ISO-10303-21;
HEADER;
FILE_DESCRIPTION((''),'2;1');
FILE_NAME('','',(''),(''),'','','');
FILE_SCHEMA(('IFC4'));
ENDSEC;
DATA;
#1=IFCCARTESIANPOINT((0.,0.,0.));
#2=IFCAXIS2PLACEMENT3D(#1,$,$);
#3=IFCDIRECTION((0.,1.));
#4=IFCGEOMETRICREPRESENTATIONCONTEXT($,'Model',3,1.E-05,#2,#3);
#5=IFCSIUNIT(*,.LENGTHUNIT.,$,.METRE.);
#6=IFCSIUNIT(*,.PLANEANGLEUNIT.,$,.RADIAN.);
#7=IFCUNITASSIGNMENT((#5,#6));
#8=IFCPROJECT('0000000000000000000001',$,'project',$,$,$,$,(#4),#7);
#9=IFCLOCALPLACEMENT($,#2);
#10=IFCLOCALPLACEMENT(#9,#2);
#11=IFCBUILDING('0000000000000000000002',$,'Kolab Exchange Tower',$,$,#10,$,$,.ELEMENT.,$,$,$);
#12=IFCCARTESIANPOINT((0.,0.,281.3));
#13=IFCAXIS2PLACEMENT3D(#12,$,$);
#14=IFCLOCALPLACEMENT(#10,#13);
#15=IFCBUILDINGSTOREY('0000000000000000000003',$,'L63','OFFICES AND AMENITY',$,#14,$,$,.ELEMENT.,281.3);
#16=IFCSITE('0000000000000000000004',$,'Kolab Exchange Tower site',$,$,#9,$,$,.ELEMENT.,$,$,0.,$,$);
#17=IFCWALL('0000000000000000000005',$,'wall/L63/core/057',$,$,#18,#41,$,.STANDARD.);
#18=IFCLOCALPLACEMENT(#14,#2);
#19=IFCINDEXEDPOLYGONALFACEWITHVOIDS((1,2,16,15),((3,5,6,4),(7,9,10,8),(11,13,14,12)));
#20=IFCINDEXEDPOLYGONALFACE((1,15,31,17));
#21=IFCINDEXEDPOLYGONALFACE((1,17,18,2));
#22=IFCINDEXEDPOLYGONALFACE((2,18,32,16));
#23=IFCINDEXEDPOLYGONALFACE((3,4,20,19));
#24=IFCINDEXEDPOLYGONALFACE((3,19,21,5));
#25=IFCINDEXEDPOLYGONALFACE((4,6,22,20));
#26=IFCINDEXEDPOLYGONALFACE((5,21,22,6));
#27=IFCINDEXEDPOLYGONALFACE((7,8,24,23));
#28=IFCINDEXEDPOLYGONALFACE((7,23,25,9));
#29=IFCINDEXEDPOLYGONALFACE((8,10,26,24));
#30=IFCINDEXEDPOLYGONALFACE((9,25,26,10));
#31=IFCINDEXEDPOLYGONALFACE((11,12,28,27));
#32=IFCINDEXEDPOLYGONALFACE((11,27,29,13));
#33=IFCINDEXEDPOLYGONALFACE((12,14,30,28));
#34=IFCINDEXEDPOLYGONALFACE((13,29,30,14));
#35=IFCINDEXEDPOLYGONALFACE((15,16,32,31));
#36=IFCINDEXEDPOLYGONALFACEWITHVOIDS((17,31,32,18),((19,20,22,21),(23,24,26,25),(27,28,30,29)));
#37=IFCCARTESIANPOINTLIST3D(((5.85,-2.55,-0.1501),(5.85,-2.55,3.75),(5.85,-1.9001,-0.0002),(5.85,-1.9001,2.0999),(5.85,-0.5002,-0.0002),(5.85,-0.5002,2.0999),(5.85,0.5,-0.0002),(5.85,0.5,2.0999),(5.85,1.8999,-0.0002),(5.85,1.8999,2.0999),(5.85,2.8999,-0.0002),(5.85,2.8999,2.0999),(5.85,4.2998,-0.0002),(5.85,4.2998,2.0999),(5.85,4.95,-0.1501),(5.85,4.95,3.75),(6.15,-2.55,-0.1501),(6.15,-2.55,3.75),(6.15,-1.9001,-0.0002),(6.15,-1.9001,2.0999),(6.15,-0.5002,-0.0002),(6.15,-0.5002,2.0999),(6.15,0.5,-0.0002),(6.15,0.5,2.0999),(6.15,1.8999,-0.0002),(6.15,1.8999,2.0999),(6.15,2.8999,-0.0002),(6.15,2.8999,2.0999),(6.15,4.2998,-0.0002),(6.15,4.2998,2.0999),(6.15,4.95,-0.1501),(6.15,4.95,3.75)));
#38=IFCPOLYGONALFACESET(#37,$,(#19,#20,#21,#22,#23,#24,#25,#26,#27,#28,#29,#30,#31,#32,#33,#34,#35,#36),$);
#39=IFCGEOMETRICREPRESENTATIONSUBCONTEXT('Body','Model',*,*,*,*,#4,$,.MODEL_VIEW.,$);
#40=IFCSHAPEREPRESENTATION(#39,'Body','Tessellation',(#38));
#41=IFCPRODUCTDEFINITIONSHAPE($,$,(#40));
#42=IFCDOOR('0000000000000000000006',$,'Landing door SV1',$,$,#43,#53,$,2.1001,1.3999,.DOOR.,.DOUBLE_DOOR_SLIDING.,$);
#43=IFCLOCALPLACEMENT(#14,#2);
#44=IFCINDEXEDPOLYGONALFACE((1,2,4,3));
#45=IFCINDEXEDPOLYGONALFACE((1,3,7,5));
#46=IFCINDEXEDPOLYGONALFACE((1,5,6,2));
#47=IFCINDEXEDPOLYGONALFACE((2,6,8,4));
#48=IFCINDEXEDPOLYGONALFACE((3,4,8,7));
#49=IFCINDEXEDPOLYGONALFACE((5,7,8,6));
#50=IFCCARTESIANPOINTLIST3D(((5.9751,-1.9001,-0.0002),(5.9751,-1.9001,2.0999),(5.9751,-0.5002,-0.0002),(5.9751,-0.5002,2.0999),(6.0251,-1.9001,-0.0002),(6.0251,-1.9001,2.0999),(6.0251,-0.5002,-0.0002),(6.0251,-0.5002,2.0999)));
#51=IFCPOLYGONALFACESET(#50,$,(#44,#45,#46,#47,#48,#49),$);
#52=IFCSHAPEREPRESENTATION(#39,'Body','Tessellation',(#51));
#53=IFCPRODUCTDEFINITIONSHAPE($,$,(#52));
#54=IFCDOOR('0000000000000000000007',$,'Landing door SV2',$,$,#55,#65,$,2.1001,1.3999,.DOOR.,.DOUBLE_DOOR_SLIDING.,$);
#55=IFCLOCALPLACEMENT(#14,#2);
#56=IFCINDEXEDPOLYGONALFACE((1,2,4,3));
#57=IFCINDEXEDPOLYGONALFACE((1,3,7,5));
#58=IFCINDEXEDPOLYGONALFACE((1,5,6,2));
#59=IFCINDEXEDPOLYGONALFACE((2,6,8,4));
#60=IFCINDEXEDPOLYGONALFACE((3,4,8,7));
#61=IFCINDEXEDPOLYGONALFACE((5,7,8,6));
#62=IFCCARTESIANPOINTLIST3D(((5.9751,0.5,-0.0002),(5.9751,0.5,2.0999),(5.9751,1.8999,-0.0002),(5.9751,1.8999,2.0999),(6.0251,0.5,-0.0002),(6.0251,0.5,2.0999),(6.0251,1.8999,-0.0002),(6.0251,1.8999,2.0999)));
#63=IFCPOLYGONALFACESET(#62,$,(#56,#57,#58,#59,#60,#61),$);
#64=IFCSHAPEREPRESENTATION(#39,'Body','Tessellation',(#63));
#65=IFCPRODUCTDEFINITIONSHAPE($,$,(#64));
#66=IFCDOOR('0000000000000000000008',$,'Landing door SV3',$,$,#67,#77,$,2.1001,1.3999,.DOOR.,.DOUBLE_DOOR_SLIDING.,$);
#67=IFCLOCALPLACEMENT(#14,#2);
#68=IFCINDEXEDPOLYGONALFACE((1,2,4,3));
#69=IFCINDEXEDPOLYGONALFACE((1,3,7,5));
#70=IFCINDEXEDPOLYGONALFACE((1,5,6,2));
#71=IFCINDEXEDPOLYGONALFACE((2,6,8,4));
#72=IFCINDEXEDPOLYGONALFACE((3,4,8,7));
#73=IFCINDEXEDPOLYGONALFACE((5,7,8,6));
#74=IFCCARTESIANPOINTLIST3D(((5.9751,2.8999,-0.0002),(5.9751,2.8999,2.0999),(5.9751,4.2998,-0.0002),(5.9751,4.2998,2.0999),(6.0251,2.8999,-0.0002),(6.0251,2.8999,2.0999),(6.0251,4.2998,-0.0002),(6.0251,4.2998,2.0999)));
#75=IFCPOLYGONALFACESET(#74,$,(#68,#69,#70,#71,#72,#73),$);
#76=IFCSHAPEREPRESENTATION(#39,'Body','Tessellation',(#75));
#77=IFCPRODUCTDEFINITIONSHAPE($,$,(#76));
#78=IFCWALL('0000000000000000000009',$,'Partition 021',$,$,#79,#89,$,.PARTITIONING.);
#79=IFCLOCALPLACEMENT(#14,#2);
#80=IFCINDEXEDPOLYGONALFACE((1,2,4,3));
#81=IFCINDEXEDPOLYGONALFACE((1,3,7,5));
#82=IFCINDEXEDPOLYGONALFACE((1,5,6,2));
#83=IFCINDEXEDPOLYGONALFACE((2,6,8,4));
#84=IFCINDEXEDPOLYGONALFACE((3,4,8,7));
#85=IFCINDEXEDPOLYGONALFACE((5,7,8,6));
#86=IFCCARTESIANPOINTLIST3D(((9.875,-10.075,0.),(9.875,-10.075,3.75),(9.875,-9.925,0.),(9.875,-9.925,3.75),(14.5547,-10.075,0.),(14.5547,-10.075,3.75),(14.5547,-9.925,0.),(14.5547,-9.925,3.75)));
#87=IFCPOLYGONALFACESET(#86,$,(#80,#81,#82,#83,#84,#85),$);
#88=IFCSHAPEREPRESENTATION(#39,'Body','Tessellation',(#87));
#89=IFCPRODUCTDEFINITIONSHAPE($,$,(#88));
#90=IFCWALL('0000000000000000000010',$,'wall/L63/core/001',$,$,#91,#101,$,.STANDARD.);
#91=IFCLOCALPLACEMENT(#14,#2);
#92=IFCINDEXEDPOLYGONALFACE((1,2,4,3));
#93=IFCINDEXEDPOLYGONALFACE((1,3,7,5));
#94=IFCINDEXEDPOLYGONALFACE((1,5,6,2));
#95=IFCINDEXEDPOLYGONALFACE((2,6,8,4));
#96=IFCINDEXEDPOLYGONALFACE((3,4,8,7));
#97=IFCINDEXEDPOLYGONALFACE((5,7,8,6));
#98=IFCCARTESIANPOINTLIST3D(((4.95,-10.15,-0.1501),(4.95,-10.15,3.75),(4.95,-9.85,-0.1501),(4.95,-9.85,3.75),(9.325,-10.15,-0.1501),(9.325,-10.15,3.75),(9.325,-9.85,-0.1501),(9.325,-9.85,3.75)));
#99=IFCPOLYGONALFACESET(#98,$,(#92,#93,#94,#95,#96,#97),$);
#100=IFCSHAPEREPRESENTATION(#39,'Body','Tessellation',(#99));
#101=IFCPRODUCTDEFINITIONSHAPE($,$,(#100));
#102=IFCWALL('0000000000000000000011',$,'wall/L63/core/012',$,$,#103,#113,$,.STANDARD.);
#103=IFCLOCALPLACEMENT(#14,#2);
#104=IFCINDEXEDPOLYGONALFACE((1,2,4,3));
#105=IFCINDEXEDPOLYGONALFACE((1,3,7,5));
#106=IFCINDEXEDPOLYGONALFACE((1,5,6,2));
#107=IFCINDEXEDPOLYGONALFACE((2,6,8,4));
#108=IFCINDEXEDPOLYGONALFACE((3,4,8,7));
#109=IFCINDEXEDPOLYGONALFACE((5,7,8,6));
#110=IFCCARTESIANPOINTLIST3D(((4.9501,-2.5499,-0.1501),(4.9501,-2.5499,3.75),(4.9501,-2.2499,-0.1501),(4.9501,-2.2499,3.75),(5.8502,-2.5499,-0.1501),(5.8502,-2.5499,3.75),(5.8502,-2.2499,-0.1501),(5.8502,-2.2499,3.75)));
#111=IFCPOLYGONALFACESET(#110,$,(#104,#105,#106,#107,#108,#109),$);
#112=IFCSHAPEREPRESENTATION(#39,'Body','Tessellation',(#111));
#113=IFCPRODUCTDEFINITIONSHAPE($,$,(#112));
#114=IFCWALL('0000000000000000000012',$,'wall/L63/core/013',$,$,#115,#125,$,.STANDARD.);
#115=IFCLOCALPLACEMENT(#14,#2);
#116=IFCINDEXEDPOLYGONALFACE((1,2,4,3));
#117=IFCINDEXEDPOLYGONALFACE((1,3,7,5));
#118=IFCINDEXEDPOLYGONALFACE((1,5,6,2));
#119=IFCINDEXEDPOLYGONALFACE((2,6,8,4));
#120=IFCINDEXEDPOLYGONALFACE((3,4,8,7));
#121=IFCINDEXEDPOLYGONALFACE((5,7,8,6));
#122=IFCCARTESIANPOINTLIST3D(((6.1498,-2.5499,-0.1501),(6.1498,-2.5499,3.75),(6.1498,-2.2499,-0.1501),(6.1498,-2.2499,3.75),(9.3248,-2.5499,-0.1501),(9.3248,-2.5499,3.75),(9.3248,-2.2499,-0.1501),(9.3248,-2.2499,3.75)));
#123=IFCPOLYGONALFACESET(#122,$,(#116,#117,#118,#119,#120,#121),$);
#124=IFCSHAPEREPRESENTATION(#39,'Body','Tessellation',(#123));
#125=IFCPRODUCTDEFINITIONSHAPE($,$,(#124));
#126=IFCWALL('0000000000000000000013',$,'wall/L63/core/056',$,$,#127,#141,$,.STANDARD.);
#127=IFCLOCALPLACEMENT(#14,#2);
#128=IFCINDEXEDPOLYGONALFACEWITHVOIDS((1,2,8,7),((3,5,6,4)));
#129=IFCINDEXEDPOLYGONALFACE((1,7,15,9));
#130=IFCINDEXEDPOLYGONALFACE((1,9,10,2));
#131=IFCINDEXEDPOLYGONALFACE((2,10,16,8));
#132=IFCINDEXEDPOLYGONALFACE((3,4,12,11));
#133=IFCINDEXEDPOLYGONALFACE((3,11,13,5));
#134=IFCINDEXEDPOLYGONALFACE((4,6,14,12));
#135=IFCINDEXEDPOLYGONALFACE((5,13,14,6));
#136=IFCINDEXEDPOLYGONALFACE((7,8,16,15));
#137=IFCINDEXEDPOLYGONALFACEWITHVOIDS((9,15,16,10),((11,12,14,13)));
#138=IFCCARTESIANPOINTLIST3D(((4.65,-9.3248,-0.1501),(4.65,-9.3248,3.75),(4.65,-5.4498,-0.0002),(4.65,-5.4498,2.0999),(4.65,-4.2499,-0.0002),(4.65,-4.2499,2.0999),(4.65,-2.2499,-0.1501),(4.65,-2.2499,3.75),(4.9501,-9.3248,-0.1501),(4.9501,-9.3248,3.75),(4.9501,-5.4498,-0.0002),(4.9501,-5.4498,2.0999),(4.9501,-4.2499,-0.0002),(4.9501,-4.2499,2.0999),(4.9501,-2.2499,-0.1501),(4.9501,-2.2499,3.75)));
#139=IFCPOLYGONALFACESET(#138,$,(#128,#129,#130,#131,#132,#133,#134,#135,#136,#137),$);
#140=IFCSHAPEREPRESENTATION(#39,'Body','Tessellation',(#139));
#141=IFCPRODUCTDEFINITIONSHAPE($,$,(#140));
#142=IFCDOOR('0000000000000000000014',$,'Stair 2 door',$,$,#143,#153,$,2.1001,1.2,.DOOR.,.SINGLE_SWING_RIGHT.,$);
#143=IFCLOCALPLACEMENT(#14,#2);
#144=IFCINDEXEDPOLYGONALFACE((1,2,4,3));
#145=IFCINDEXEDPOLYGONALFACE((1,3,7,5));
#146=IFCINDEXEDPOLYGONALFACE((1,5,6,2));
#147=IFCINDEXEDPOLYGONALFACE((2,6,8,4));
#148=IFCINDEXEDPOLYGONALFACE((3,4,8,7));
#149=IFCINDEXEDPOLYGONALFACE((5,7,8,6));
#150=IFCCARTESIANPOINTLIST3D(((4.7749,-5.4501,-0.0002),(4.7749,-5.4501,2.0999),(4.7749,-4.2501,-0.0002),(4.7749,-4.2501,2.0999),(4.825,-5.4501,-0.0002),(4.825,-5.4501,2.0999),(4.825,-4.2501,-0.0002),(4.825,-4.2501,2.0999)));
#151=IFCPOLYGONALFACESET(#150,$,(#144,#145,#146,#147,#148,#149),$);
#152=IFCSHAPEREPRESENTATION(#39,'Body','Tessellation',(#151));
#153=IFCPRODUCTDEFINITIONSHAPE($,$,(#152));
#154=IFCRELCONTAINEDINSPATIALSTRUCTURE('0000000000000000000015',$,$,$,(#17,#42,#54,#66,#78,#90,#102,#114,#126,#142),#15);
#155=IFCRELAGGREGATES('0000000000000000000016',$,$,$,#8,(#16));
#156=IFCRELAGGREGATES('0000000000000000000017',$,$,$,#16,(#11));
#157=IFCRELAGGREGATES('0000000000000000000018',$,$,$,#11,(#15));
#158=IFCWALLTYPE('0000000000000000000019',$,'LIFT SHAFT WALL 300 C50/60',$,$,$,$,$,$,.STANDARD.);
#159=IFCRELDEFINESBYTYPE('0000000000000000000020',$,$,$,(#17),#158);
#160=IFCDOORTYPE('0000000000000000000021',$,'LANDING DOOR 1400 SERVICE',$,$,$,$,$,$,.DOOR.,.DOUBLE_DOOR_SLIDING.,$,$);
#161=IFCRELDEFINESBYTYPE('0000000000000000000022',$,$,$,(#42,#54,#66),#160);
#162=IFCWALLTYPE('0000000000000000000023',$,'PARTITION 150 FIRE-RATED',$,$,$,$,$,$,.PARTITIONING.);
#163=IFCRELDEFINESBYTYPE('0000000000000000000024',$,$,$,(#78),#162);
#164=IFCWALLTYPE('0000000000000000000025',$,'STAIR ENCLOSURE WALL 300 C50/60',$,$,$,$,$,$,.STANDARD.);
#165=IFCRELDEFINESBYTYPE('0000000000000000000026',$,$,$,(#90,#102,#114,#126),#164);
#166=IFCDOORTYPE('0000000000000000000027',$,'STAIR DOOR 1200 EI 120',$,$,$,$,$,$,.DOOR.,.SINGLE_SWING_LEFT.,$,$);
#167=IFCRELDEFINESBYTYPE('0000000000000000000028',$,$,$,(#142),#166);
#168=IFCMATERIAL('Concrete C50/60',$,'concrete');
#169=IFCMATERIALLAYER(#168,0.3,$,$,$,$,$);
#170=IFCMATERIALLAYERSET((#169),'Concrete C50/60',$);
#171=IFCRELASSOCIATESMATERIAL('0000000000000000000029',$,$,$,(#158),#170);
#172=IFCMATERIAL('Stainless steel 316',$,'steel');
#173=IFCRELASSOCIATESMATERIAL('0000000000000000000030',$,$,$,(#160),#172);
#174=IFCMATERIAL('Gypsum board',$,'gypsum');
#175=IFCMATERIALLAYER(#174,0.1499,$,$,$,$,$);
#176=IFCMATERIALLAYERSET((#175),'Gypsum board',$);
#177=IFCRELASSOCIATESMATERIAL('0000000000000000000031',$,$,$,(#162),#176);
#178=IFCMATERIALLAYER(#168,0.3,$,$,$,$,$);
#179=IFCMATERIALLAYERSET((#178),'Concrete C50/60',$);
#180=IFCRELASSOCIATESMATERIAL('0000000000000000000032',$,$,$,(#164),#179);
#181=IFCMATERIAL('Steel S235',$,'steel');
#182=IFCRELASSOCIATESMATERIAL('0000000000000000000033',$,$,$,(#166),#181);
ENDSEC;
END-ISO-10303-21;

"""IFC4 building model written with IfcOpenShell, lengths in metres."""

from ifc_helpers import new_model, si_unit, direction, frame, frame_2d, origin, place, context, subcontext, project, spatial, rectangle, extrude, material, layer, layer_set, type_object, element, fill, save


model = new_model("IFC4")

# Units and contexts
model_context = context("Model", 3, precision=1e-05, world=origin(), true_north=direction((0.0, 1.0)))
body_context = subcontext(model_context, "Body", "Model", "MODEL_VIEW")
ifc_project = project(units=[si_unit("LENGTHUNIT", "METRE"), si_unit("PLANEANGLEUNIT", "RADIAN")], contexts=[model_context])

# Site, building, storey
site_placement = place(None, origin())
site = spatial("IfcSite", under=ifc_project, at=site_placement, Name="Kolab Exchange Tower site", CompositionType="ELEMENT", RefElevation=0.0)
building_placement = place(site_placement, origin())
building = spatial("IfcBuilding", under=site, at=building_placement, Name="Kolab Exchange Tower", CompositionType="ELEMENT")
storey_placement = place(building_placement, frame((0.0, 0.0, 281.3)))
storey = spatial("IfcBuildingStorey", under=building, at=storey_placement, Name="L63", Description="OFFICES AND AMENITY", CompositionType="ELEMENT", Elevation=281.3)

# Shared definitions
ifc_material_1 = material(Name="Concrete C50/60", Category="concrete")

# Shared definitions
ifc_layer_1 = layer(ifc_material_1, 0.3)
ifc_layer_set_1 = layer_set([ifc_layer_1], Name="Concrete C50/60")
wall_type_1 = type_object("IfcWallType", Name="LIFT SHAFT WALL 300 C50/60", PredefinedType="STANDARD", material=ifc_layer_set_1)
ifc_material_2 = material(Name="Stainless steel 316", Category="steel")

# Wall, openings, doors
wall_1_placement = place(storey_placement, frame((6.0, -2.55, -0.1501), z_axis=(0.0, 0.0, 1.0), x_axis=(0.0, 1.0, 0.0)))
wall_1 = element("IfcWall", 1, at=wall_1_placement, inside=storey, type_object=wall_type_1, Name="wall/L63/core/057", PredefinedType="STANDARD", context=body_context, shape_type="SweptSolid", body=[
    extrude(rectangle(XDim=7.5, YDim=0.3, at=frame_2d((3.75, 0.0))), origin(), (0.0, 0.0, 1.0), 3.9001),
])
opening_1_placement = place(wall_1_placement, frame((0.6499, 0.0, 0.1499)))
opening_1 = element("IfcOpeningElement", 2, at=opening_1_placement, cuts=wall_1, PredefinedType="OPENING", context=body_context, shape_type="SweptSolid", body=[
    extrude(rectangle(XDim=1.3999, YDim=2.1001, at=frame_2d((0.7, 1.05))), frame((0.0, 0.1602, 0.0), z_axis=(0.0, -1.0, 0.0), x_axis=(1.0, 0.0, 0.0)), (0.0, 0.0, 1.0), 0.3201),
])
opening_2_placement = place(wall_1_placement, frame((3.05, 0.0, 0.1499)))
opening_2 = element("IfcOpeningElement", 3, at=opening_2_placement, cuts=wall_1, PredefinedType="OPENING", context=body_context, shape_type="SweptSolid", body=[
    extrude(rectangle(XDim=1.3999, YDim=2.1001, at=frame_2d((0.7, 1.05))), frame((0.0, 0.1602, 0.0), z_axis=(0.0, -1.0, 0.0), x_axis=(1.0, 0.0, 0.0)), (0.0, 0.0, 1.0), 0.3201),
])
opening_3_placement = place(wall_1_placement, frame((5.45, 0.0, 0.1499)))
opening_3 = element("IfcOpeningElement", 4, at=opening_3_placement, cuts=wall_1, PredefinedType="OPENING", context=body_context, shape_type="SweptSolid", body=[
    extrude(rectangle(XDim=1.3999, YDim=2.1001, at=frame_2d((0.7, 1.05))), frame((0.0, 0.1602, 0.0), z_axis=(0.0, -1.0, 0.0), x_axis=(1.0, 0.0, 0.0)), (0.0, 0.0, 1.0), 0.3201),
])
door_type_1 = type_object("IfcDoorType", Name="LANDING DOOR 1400 SERVICE", OperationType="DOUBLE_DOOR_SLIDING", PredefinedType="DOOR", material=ifc_material_2)
door_1_placement = place(opening_1_placement, origin())
door_1 = element("IfcDoor", 5, at=door_1_placement, inside=storey, type_object=door_type_1, Name="Landing door SV1", OperationType="DOUBLE_DOOR_SLIDING", OverallHeight=2.1001, OverallWidth=1.3999, PredefinedType="DOOR", context=body_context, shape_type="SweptSolid", body=[
    extrude(rectangle(XDim=1.3999, YDim=2.1001, at=frame_2d((0.7, 1.05))), frame((0.0, 0.0249, 0.0), z_axis=(0.0, -1.0, 0.0), x_axis=(1.0, 0.0, 0.0)), (0.0, 0.0, 1.0), 0.05),
])
fill(opening_1, door_1)
door_2_placement = place(opening_2_placement, origin())
door_2 = element("IfcDoor", 6, at=door_2_placement, inside=storey, type_object=door_type_1, Name="Landing door SV2", OperationType="DOUBLE_DOOR_SLIDING", OverallHeight=2.1001, OverallWidth=1.3999, PredefinedType="DOOR", context=body_context, shape_type="SweptSolid", body=[
    extrude(rectangle(XDim=1.3999, YDim=2.1001, at=frame_2d((0.7, 1.05))), frame((0.0, 0.0249, 0.0), z_axis=(0.0, -1.0, 0.0), x_axis=(1.0, 0.0, 0.0)), (0.0, 0.0, 1.0), 0.05),
])
fill(opening_2, door_2)
door_3_placement = place(opening_3_placement, origin())
door_3 = element("IfcDoor", 7, at=door_3_placement, inside=storey, type_object=door_type_1, Name="Landing door SV3", OperationType="DOUBLE_DOOR_SLIDING", OverallHeight=2.1001, OverallWidth=1.3999, PredefinedType="DOOR", context=body_context, shape_type="SweptSolid", body=[
    extrude(rectangle(XDim=1.3999, YDim=2.1001, at=frame_2d((0.7, 1.05))), frame((0.0, 0.0249, 0.0), z_axis=(0.0, -1.0, 0.0), x_axis=(1.0, 0.0, 0.0)), (0.0, 0.0, 1.0), 0.05),
])
fill(opening_3, door_3)

# Walls
ifc_material_3 = material(Name="Gypsum board", Category="gypsum")
ifc_layer_2 = layer(ifc_material_3, 0.1499)
ifc_layer_set_2 = layer_set([ifc_layer_2], Name="Gypsum board")
wall_type_2 = type_object("IfcWallType", Name="PARTITION 150 FIRE-RATED", PredefinedType="PARTITIONING", material=ifc_layer_set_2)
wall_2_placement = place(storey_placement, frame((9.875, -10.0, 0.0), z_axis=(0.0, 0.0, 1.0), x_axis=(1.0, 0.0, 0.0)))
element("IfcWall", 8, at=wall_2_placement, inside=storey, type_object=wall_type_2, Name="Partition 021", PredefinedType="PARTITIONING", context=body_context, shape_type="SweptSolid", body=[
    extrude(rectangle(XDim=4.6797, YDim=0.1499, at=frame_2d((2.3398, 0.0))), origin(), (0.0, 0.0, 1.0), 3.75),
])
ifc_layer_3 = layer(ifc_material_1, 0.3)
ifc_layer_set_3 = layer_set([ifc_layer_3], Name="Concrete C50/60")
wall_type_3 = type_object("IfcWallType", Name="STAIR ENCLOSURE WALL 300 C50/60", PredefinedType="STANDARD", material=ifc_layer_set_3)
wall_3_placement = place(storey_placement, frame((4.95, -10.0, -0.1501), z_axis=(0.0, 0.0, 1.0), x_axis=(1.0, 0.0, 0.0)))
element("IfcWall", 9, at=wall_3_placement, inside=storey, type_object=wall_type_3, Name="wall/L63/core/001", PredefinedType="STANDARD", context=body_context, shape_type="SweptSolid", body=[
    extrude(rectangle(XDim=4.375, YDim=0.3, at=frame_2d((2.1875, 0.0))), origin(), (0.0, 0.0, 1.0), 3.9001),
])
wall_4_placement = place(storey_placement, frame((4.95, -2.3999, -0.1501), z_axis=(0.0, 0.0, 1.0), x_axis=(1.0, 0.0, 0.0)))
element("IfcWall", 10, at=wall_4_placement, inside=storey, type_object=wall_type_3, Name="wall/L63/core/012", PredefinedType="STANDARD", context=body_context, shape_type="SweptSolid", body=[
    extrude(rectangle(XDim=0.9001, YDim=0.3, at=frame_2d((0.4502, 0.0))), origin(), (0.0, 0.0, 1.0), 3.9001),
])
wall_5_placement = place(storey_placement, frame((6.1499, -2.3999, -0.1501), z_axis=(0.0, 0.0, 1.0), x_axis=(1.0, 0.0, 0.0)))
element("IfcWall", 11, at=wall_5_placement, inside=storey, type_object=wall_type_3, Name="wall/L63/core/013", PredefinedType="STANDARD", context=body_context, shape_type="SweptSolid", body=[
    extrude(rectangle(XDim=3.175, YDim=0.3, at=frame_2d((1.5874, 0.0))), origin(), (0.0, 0.0, 1.0), 3.9001),
])

# Wall, opening, door
wall_6_placement = place(storey_placement, frame((4.8, -9.325, -0.1501), z_axis=(0.0, 0.0, 1.0), x_axis=(0.0, 1.0, 0.0)))
wall_6 = element("IfcWall", 12, at=wall_6_placement, inside=storey, type_object=wall_type_3, Name="wall/L63/core/056", PredefinedType="STANDARD", context=body_context, shape_type="SweptSolid", body=[
    extrude(rectangle(XDim=7.075, YDim=0.3, at=frame_2d((3.5376, 0.0))), origin(), (0.0, 0.0, 1.0), 3.9001),
])
opening_4_placement = place(wall_6_placement, frame((3.875, 0.0, 0.1499)))
opening_4 = element("IfcOpeningElement", 13, at=opening_4_placement, cuts=wall_6, PredefinedType="OPENING", context=body_context, shape_type="SweptSolid", body=[
    extrude(rectangle(XDim=1.2, YDim=2.1001, at=frame_2d((0.6001, 1.05))), frame((0.0, 0.1602, 0.0), z_axis=(0.0, -1.0, 0.0), x_axis=(1.0, 0.0, 0.0)), (0.0, 0.0, 1.0), 0.3201),
])
ifc_material_4 = material(Name="Steel S235", Category="steel")
door_type_2 = type_object("IfcDoorType", Name="STAIR DOOR 1200 EI 120", OperationType="SINGLE_SWING_LEFT", PredefinedType="DOOR", material=ifc_material_4)
door_4_placement = place(opening_4_placement, frame((1.2, 0.0, 0.0), z_axis=(0.0, 0.0, 1.0), x_axis=(-1.0, 0.0, 0.0)))
door_4 = element("IfcDoor", 14, at=door_4_placement, inside=storey, type_object=door_type_2, Name="Stair 2 door", OperationType="SINGLE_SWING_RIGHT", OverallHeight=2.1001, OverallWidth=1.2, PredefinedType="DOOR", context=body_context, shape_type="SweptSolid", body=[
    extrude(rectangle(XDim=1.2, YDim=2.1001, at=frame_2d((0.6001, 1.05))), frame((0.0, 0.0249, 0.0), z_axis=(0.0, -1.0, 0.0), x_axis=(1.0, 0.0, 0.0)), (0.0, 0.0, 1.0), 0.05),
])
fill(opening_4, door_4)

save(model, "model.ifc")
